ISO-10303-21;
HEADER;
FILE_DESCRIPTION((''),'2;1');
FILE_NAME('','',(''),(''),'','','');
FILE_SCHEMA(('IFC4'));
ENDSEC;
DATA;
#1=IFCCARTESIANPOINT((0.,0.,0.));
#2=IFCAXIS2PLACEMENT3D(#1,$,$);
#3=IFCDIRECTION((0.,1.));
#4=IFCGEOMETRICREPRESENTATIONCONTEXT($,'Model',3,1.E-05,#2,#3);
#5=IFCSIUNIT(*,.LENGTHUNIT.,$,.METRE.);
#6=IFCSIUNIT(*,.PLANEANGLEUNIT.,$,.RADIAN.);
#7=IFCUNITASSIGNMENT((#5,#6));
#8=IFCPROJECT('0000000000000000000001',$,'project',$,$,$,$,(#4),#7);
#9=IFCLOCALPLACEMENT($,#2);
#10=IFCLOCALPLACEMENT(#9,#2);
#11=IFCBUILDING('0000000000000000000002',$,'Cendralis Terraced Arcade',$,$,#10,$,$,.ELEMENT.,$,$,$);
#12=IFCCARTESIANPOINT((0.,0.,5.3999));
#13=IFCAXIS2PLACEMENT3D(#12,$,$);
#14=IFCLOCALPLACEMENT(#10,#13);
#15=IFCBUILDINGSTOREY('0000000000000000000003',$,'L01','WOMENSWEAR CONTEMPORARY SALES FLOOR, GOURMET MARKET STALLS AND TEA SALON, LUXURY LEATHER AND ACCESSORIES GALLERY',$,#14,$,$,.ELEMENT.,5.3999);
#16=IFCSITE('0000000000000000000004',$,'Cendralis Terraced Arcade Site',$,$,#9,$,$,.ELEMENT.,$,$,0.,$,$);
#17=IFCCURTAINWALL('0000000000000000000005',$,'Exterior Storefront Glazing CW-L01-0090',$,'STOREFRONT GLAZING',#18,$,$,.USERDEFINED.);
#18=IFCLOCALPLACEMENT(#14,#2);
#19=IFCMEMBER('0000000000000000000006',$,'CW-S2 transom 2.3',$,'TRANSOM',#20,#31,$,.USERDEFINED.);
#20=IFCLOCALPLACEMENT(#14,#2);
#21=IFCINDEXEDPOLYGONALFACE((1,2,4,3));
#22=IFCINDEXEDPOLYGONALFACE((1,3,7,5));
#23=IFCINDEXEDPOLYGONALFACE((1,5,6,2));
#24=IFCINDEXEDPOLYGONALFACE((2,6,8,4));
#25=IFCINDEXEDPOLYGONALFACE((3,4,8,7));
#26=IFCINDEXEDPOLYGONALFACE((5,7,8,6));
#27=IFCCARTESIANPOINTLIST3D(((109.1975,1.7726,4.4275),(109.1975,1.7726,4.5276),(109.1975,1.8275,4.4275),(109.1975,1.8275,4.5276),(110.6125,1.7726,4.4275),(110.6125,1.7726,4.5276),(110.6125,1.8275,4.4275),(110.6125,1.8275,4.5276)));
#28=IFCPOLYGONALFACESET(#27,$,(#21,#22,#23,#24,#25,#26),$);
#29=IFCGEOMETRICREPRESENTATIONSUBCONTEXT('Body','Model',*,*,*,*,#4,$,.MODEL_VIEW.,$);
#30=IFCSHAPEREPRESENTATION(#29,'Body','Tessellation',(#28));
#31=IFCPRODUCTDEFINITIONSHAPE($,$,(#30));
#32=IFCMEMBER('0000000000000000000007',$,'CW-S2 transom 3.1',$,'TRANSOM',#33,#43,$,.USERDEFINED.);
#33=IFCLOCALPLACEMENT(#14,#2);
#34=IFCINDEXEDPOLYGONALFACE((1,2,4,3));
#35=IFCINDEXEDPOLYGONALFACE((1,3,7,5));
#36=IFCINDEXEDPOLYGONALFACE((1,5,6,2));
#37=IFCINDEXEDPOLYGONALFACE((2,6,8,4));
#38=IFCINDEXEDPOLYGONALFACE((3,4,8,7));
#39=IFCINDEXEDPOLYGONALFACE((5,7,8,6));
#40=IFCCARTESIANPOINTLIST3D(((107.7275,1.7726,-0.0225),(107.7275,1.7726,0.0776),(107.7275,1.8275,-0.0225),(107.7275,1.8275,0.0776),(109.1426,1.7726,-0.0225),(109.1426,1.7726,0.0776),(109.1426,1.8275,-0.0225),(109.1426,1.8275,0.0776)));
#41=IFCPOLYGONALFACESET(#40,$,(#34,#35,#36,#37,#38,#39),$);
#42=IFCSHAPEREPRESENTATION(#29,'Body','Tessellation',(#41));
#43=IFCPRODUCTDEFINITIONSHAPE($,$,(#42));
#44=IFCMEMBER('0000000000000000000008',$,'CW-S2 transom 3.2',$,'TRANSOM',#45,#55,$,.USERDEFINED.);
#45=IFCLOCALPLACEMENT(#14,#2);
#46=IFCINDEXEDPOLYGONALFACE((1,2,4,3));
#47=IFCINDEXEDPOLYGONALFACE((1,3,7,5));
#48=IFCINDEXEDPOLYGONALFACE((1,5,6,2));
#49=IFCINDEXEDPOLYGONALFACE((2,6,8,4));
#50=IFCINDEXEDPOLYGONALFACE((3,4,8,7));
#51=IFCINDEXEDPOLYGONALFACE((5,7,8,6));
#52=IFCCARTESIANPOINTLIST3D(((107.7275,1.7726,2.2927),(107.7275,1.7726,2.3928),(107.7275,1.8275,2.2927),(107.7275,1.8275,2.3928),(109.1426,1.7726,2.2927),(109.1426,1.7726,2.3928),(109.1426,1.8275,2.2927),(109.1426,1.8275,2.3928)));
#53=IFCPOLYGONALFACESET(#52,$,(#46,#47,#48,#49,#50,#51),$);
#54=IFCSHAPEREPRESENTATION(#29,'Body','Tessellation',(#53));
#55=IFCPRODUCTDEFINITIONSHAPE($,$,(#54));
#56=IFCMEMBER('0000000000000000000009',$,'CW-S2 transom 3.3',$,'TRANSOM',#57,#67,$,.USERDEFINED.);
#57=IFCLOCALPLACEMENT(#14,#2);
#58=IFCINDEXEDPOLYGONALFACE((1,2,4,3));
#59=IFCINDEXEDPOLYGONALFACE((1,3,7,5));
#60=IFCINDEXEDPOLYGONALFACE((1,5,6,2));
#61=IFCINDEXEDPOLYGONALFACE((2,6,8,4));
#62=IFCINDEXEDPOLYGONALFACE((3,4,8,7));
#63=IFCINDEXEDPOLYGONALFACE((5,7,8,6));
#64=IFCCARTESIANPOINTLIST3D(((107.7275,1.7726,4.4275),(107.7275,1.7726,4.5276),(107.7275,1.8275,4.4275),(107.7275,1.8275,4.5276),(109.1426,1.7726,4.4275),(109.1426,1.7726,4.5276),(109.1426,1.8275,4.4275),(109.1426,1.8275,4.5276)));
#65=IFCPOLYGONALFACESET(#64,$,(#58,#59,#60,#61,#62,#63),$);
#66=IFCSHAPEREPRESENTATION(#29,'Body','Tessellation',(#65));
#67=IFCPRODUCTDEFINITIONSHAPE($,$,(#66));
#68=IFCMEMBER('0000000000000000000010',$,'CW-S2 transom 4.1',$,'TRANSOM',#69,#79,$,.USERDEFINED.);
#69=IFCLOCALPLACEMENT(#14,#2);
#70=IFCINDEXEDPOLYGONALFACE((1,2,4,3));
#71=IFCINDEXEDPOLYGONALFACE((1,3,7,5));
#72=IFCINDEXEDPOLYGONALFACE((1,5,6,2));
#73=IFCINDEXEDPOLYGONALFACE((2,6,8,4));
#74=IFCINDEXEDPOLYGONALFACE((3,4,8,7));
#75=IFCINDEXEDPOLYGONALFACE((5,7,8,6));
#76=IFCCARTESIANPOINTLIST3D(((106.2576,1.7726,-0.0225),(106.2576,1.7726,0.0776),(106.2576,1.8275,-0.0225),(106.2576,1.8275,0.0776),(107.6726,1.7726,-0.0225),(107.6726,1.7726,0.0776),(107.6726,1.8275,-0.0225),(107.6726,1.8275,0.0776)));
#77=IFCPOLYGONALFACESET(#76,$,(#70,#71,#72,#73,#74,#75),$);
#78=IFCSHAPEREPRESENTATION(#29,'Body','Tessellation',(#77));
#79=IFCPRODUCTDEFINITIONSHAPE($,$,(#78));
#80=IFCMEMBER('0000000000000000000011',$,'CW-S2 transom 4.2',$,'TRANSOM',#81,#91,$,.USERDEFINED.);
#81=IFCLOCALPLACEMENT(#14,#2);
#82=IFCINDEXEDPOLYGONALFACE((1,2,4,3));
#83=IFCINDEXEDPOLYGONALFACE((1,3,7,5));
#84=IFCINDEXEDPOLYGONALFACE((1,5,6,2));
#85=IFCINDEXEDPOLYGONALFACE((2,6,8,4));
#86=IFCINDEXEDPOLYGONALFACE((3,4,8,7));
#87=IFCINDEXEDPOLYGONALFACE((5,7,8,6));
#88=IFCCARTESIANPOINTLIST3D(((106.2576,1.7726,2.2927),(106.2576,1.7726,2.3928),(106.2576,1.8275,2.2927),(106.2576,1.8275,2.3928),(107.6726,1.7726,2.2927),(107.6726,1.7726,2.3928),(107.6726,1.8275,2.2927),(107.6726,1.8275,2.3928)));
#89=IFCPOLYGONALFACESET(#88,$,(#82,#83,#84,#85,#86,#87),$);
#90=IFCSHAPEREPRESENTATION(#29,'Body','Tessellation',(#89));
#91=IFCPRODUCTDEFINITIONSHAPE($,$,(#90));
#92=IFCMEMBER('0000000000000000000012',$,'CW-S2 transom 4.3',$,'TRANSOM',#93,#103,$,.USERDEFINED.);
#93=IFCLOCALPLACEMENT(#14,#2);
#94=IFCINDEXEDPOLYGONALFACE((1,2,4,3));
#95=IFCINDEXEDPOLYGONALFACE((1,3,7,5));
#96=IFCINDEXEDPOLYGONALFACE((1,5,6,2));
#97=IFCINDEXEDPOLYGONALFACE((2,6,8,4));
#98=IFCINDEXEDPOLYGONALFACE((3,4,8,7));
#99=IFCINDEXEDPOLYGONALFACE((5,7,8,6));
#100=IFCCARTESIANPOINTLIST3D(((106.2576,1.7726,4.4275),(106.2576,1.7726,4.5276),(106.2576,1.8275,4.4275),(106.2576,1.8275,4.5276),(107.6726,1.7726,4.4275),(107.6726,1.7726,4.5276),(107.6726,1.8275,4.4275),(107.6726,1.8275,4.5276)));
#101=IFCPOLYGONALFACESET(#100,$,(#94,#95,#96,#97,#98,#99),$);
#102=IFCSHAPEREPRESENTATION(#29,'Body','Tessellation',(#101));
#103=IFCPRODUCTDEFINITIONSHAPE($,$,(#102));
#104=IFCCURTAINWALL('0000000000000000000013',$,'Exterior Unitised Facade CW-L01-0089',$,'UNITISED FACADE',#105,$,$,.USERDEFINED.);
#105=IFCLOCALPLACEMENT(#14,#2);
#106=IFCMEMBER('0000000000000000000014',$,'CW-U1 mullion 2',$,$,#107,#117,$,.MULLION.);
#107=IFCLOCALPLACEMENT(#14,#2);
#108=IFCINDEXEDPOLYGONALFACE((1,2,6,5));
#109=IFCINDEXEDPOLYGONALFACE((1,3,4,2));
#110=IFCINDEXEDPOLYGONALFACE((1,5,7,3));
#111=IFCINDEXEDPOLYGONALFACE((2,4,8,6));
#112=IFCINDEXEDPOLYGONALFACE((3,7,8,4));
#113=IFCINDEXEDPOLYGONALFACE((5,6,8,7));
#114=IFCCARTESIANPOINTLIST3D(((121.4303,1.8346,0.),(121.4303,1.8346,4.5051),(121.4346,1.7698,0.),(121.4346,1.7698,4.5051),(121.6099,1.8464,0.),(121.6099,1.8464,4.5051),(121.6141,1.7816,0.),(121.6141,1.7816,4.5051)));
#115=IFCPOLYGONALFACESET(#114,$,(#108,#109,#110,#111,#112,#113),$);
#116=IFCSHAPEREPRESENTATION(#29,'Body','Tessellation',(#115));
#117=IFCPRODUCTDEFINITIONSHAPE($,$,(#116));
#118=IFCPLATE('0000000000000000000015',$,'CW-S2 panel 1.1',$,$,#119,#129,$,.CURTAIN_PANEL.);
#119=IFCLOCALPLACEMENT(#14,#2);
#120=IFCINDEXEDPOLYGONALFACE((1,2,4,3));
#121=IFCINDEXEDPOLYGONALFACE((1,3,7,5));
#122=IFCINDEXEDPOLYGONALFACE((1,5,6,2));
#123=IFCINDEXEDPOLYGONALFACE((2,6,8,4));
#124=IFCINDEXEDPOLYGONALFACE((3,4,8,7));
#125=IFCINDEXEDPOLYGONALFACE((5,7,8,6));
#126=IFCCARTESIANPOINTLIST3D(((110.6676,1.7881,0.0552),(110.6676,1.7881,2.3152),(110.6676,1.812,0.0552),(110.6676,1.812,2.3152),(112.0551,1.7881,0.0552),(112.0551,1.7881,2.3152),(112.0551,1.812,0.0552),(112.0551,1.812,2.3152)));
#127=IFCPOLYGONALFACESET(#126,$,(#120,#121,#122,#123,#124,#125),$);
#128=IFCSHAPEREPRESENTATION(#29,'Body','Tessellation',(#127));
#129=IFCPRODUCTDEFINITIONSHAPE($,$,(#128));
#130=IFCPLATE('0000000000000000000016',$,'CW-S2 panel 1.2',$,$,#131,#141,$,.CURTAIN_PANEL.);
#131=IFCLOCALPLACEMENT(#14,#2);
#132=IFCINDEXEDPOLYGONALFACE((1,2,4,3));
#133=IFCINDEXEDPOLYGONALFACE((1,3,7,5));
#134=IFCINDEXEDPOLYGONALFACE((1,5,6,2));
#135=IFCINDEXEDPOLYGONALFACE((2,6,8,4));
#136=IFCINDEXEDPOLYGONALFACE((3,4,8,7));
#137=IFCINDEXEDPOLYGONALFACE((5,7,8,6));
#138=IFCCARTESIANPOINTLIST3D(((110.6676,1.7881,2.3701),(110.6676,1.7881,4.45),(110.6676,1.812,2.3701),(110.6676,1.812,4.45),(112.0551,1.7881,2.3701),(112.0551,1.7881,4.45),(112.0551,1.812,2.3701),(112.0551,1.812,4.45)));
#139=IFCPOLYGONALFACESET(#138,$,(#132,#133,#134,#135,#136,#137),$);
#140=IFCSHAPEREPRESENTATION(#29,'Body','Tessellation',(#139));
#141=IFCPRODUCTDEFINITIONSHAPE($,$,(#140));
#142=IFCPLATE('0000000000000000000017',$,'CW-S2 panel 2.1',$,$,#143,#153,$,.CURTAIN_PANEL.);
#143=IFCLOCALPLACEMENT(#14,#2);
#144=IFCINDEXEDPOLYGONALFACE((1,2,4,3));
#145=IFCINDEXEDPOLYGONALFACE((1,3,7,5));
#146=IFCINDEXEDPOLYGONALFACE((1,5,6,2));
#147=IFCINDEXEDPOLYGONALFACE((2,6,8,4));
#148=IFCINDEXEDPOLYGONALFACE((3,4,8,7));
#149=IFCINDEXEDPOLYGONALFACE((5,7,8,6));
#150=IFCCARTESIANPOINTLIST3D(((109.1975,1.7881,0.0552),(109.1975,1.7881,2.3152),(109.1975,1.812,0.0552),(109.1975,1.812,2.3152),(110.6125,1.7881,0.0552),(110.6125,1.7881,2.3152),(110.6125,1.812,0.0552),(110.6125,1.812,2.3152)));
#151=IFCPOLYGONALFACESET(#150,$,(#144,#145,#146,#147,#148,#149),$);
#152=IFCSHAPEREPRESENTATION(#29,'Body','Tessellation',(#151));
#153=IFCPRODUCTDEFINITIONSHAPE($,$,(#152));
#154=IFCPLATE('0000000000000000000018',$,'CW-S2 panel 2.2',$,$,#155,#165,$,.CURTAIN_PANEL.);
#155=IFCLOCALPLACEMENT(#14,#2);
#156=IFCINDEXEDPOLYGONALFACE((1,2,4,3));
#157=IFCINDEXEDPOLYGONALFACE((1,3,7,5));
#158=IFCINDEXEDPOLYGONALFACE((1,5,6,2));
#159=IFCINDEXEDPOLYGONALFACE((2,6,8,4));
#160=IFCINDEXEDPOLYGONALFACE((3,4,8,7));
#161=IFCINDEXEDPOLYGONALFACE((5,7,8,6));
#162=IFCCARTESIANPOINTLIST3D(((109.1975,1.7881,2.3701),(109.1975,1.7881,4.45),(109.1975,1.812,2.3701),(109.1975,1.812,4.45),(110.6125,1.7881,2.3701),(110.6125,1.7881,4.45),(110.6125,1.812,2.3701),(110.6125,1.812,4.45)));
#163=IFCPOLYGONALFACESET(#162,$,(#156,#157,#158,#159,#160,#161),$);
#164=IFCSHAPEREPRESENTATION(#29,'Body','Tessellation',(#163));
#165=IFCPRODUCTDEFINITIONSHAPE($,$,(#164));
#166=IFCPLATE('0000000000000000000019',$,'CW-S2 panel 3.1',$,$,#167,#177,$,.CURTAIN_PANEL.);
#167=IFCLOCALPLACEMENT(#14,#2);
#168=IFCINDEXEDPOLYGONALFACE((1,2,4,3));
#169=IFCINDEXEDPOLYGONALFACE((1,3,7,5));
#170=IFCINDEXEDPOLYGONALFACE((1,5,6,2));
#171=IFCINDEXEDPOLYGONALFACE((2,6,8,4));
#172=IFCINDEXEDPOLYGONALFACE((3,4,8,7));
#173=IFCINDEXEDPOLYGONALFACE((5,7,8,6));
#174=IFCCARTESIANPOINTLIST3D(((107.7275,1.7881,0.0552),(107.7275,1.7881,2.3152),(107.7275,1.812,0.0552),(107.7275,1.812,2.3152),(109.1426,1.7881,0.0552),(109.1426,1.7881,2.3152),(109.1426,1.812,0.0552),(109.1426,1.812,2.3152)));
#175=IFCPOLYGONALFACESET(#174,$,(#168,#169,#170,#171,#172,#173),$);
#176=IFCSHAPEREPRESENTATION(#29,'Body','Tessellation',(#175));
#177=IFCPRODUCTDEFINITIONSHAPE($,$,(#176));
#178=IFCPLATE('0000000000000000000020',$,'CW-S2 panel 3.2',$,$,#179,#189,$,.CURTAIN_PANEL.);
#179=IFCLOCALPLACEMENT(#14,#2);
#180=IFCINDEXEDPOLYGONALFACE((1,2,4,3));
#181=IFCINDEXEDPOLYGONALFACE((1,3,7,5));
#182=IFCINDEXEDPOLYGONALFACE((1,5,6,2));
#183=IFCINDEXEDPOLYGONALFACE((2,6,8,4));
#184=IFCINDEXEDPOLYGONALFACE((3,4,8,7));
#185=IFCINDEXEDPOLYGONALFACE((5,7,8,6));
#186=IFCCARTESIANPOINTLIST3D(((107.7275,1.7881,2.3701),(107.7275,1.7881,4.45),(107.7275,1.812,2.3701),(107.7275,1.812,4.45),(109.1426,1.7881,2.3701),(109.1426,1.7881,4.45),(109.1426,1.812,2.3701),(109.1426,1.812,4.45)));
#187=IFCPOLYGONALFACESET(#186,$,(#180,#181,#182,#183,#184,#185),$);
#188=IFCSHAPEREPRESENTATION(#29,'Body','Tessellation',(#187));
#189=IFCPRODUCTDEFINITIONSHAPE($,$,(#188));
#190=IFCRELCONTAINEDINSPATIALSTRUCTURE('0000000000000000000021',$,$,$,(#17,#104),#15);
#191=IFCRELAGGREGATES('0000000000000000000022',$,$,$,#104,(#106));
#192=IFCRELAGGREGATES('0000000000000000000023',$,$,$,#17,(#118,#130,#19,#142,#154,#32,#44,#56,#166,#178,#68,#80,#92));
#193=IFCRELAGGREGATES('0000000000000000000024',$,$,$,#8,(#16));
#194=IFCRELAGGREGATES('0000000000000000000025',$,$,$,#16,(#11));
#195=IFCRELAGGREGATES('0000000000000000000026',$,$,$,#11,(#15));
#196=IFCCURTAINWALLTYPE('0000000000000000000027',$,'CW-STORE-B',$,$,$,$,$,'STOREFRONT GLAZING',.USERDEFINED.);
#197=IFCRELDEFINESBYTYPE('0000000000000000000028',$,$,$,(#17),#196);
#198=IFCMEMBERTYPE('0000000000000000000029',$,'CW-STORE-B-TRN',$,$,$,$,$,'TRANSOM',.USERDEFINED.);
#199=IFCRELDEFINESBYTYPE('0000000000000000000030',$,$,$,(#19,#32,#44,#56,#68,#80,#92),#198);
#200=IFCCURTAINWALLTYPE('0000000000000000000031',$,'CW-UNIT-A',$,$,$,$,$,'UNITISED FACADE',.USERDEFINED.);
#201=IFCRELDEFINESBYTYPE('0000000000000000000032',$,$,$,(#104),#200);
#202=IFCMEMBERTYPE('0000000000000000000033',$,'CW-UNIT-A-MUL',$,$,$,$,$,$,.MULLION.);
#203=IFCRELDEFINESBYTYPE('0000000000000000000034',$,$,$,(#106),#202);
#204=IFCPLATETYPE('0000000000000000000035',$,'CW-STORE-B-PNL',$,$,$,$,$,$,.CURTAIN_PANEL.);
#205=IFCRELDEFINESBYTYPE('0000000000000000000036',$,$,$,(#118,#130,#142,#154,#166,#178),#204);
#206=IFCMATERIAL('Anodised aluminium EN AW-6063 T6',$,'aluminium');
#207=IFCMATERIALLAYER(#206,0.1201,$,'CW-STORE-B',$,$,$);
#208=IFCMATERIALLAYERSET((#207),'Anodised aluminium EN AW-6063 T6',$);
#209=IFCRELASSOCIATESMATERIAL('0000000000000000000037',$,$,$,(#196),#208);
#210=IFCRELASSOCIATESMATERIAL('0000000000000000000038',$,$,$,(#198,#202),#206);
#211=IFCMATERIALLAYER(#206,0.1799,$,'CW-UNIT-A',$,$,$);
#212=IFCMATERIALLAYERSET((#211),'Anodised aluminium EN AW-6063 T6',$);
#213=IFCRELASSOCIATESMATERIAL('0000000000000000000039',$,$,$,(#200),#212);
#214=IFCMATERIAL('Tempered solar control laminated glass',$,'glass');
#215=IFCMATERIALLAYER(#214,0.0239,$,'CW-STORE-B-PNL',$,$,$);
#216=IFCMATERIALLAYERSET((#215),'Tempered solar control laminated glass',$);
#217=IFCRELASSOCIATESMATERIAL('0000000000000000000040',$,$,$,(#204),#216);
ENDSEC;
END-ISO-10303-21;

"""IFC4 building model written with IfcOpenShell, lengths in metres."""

from ifc_helpers import new_model, si_unit, direction, frame, origin, origin_2d, place, context, subcontext, project, spatial, rectangle, extrude, material, layer, layer_set, material_profile, profile_set, type_object, element, aggregate, save


model = new_model("IFC4")

# Units and contexts
model_context = context("Model", 3, precision=1e-05, world=origin(), true_north=direction((0.0, 1.0)))
body_context = subcontext(model_context, "Body", "Model", "MODEL_VIEW")
ifc_project = project(units=[si_unit("LENGTHUNIT", "METRE"), si_unit("PLANEANGLEUNIT", "RADIAN")], contexts=[model_context])

# Site, building, storey
site_placement = place(None, origin())
site = spatial("IfcSite", under=ifc_project, at=site_placement, Name="Cendralis Terraced Arcade Site", CompositionType="ELEMENT", RefElevation=0.0)
building_placement = place(site_placement, origin())
building = spatial("IfcBuilding", under=site, at=building_placement, Name="Cendralis Terraced Arcade", CompositionType="ELEMENT")
storey_placement = place(building_placement, frame((0.0, 0.0, 5.3999)))
storey = spatial("IfcBuildingStorey", under=building, at=storey_placement, Name="L01", Description="WOMENSWEAR CONTEMPORARY SALES FLOOR, GOURMET MARKET STALLS AND TEA SALON, LUXURY LEATHER AND ACCESSORIES GALLERY", CompositionType="ELEMENT", Elevation=5.3999)

# Curtain wall, members
ifc_material_1 = material(Name="Anodised aluminium EN AW-6063 T6", Category="aluminium")
ifc_layer_1 = layer(ifc_material_1, 0.1201, Name="CW-STORE-B")
ifc_layer_set_1 = layer_set([ifc_layer_1], Name="Anodised aluminium EN AW-6063 T6")
curtain_wall_type_1 = type_object("IfcCurtainWallType", Name="CW-STORE-B", ElementType="STOREFRONT GLAZING", PredefinedType="USERDEFINED", material=ifc_layer_set_1)
curtain_wall_1_placement = place(storey_placement, origin())
curtain_wall_1 = element("IfcCurtainWall", 1, at=curtain_wall_1_placement, inside=storey, type_object=curtain_wall_type_1, Name="Exterior Storefront Glazing CW-L01-0090", ObjectType="STOREFRONT GLAZING", PredefinedType="USERDEFINED")
ifc_material_profile_1 = material_profile(ifc_material_1, rectangle(XDim=0.0549, YDim=0.1001, at=origin_2d()), Name="ALU-TRN-55x100")
ifc_profile_set_1 = profile_set([ifc_material_profile_1], Name="Anodised aluminium EN AW-6063 T6")
member_type_1 = type_object("IfcMemberType", Name="CW-STORE-B-TRN", ElementType="TRANSOM", PredefinedType="USERDEFINED", material=ifc_profile_set_1)
member_1_placement = place(storey_placement, frame((110.6125, 1.8, 4.4775), z_axis=(-1.0, 0.0, 0.0), x_axis=(0.0, -1.0, 0.0)))
member_1 = element("IfcMember", 2, at=member_1_placement, type_object=member_type_1, Name="CW-S2 transom 2.3", ObjectType="TRANSOM", PredefinedType="USERDEFINED", context=body_context, shape_type="SweptSolid", body=[
    extrude(rectangle(XDim=0.0549, YDim=0.1001, at=origin_2d()), origin(), (0.0, 0.0, 1.0), 1.415),
])
member_2_placement = place(storey_placement, frame((109.1426, 1.8, 0.0276), z_axis=(-1.0, 0.0, 0.0), x_axis=(0.0, -1.0, 0.0)))
member_2 = element("IfcMember", 3, at=member_2_placement, type_object=member_type_1, Name="CW-S2 transom 3.1", ObjectType="TRANSOM", PredefinedType="USERDEFINED", context=body_context, shape_type="SweptSolid", body=[
    extrude(rectangle(XDim=0.0549, YDim=0.1001, at=origin_2d()), origin(), (0.0, 0.0, 1.0), 1.415),
])
member_3_placement = place(storey_placement, frame((109.1426, 1.8, 2.3428), z_axis=(-1.0, 0.0, 0.0), x_axis=(0.0, -1.0, 0.0)))
member_3 = element("IfcMember", 4, at=member_3_placement, type_object=member_type_1, Name="CW-S2 transom 3.2", ObjectType="TRANSOM", PredefinedType="USERDEFINED", context=body_context, shape_type="SweptSolid", body=[
    extrude(rectangle(XDim=0.0549, YDim=0.1001, at=origin_2d()), origin(), (0.0, 0.0, 1.0), 1.415),
])
member_4_placement = place(storey_placement, frame((109.1426, 1.8, 4.4775), z_axis=(-1.0, 0.0, 0.0), x_axis=(0.0, -1.0, 0.0)))
member_4 = element("IfcMember", 5, at=member_4_placement, type_object=member_type_1, Name="CW-S2 transom 3.3", ObjectType="TRANSOM", PredefinedType="USERDEFINED", context=body_context, shape_type="SweptSolid", body=[
    extrude(rectangle(XDim=0.0549, YDim=0.1001, at=origin_2d()), origin(), (0.0, 0.0, 1.0), 1.415),
])
member_5_placement = place(storey_placement, frame((107.6726, 1.8, 0.0276), z_axis=(-1.0, 0.0, 0.0), x_axis=(0.0, -1.0, 0.0)))
member_5 = element("IfcMember", 6, at=member_5_placement, type_object=member_type_1, Name="CW-S2 transom 4.1", ObjectType="TRANSOM", PredefinedType="USERDEFINED", context=body_context, shape_type="SweptSolid", body=[
    extrude(rectangle(XDim=0.0549, YDim=0.1001, at=origin_2d()), origin(), (0.0, 0.0, 1.0), 1.415),
])
member_6_placement = place(storey_placement, frame((107.6726, 1.8, 2.3428), z_axis=(-1.0, 0.0, 0.0), x_axis=(0.0, -1.0, 0.0)))
member_6 = element("IfcMember", 7, at=member_6_placement, type_object=member_type_1, Name="CW-S2 transom 4.2", ObjectType="TRANSOM", PredefinedType="USERDEFINED", context=body_context, shape_type="SweptSolid", body=[
    extrude(rectangle(XDim=0.0549, YDim=0.1001, at=origin_2d()), origin(), (0.0, 0.0, 1.0), 1.415),
])
member_7_placement = place(storey_placement, frame((107.6726, 1.8, 4.4775), z_axis=(-1.0, 0.0, 0.0), x_axis=(0.0, -1.0, 0.0)))
member_7 = element("IfcMember", 8, at=member_7_placement, type_object=member_type_1, Name="CW-S2 transom 4.3", ObjectType="TRANSOM", PredefinedType="USERDEFINED", context=body_context, shape_type="SweptSolid", body=[
    extrude(rectangle(XDim=0.0549, YDim=0.1001, at=origin_2d()), origin(), (0.0, 0.0, 1.0), 1.415),
])

# Curtain wall, member
ifc_layer_2 = layer(ifc_material_1, 0.1799, Name="CW-UNIT-A")
ifc_layer_set_2 = layer_set([ifc_layer_2], Name="Anodised aluminium EN AW-6063 T6")
curtain_wall_type_2 = type_object("IfcCurtainWallType", Name="CW-UNIT-A", ElementType="UNITISED FACADE", PredefinedType="USERDEFINED", material=ifc_layer_set_2)
curtain_wall_2_placement = place(storey_placement, origin())
curtain_wall_2 = element("IfcCurtainWall", 9, at=curtain_wall_2_placement, inside=storey, type_object=curtain_wall_type_2, Name="Exterior Unitised Facade CW-L01-0089", ObjectType="UNITISED FACADE", PredefinedType="USERDEFINED")
ifc_material_profile_2 = material_profile(ifc_material_1, rectangle(XDim=0.0649, YDim=0.1799, at=origin_2d()), Name="ALU-MUL-65x180")
ifc_profile_set_2 = profile_set([ifc_material_profile_2], Name="Anodised aluminium EN AW-6063 T6")
member_type_2 = type_object("IfcMemberType", Name="CW-UNIT-A-MUL", PredefinedType="MULLION", material=ifc_profile_set_2)
member_8_placement = place(storey_placement, frame((121.5222, 1.8081, 0.0), z_axis=(0.0, 0.0, 1.0), x_axis=(0.065398, -0.997859, 0.0)))
member_8 = element("IfcMember", 10, at=member_8_placement, type_object=member_type_2, Name="CW-U1 mullion 2", PredefinedType="MULLION", context=body_context, shape_type="SweptSolid", body=[
    extrude(rectangle(XDim=0.0649, YDim=0.1799, at=origin_2d()), origin(), (0.0, 0.0, 1.0), 4.5051),
])
aggregate(curtain_wall_2, [member_8])

# Plates
ifc_material_2 = material(Name="Tempered solar control laminated glass", Category="glass")
ifc_layer_3 = layer(ifc_material_2, 0.0239, Name="CW-STORE-B-PNL")
ifc_layer_set_3 = layer_set([ifc_layer_3], Name="Tempered solar control laminated glass")
plate_type = type_object("IfcPlateType", Name="CW-STORE-B-PNL", PredefinedType="CURTAIN_PANEL", material=ifc_layer_set_3)
plate_1_placement = place(storey_placement, frame((111.3613, 1.8, 0.0552), z_axis=(0.0, 0.0, 1.0), x_axis=(-1.0, 0.0, 0.0)))
plate_1 = element("IfcPlate", 11, at=plate_1_placement, type_object=plate_type, Name="CW-S2 panel 1.1", PredefinedType="CURTAIN_PANEL", context=body_context, shape_type="SweptSolid", body=[
    extrude(rectangle(XDim=1.3875, YDim=0.0239, at=origin_2d()), origin(), (0.0, 0.0, 1.0), 2.26),
])
plate_2_placement = place(storey_placement, frame((111.3613, 1.8, 2.3701), z_axis=(0.0, 0.0, 1.0), x_axis=(-1.0, 0.0, 0.0)))
plate_2 = element("IfcPlate", 12, at=plate_2_placement, type_object=plate_type, Name="CW-S2 panel 1.2", PredefinedType="CURTAIN_PANEL", context=body_context, shape_type="SweptSolid", body=[
    extrude(rectangle(XDim=1.3875, YDim=0.0239, at=origin_2d()), origin(), (0.0, 0.0, 1.0), 2.0798),
])
plate_3_placement = place(storey_placement, frame((109.905, 1.8, 0.0552), z_axis=(0.0, 0.0, 1.0), x_axis=(-1.0, 0.0, 0.0)))
plate_3 = element("IfcPlate", 13, at=plate_3_placement, type_object=plate_type, Name="CW-S2 panel 2.1", PredefinedType="CURTAIN_PANEL", context=body_context, shape_type="SweptSolid", body=[
    extrude(rectangle(XDim=1.415, YDim=0.0239, at=origin_2d()), origin(), (0.0, 0.0, 1.0), 2.26),
])
plate_4_placement = place(storey_placement, frame((109.905, 1.8, 2.3701), z_axis=(0.0, 0.0, 1.0), x_axis=(-1.0, 0.0, 0.0)))
plate_4 = element("IfcPlate", 14, at=plate_4_placement, type_object=plate_type, Name="CW-S2 panel 2.2", PredefinedType="CURTAIN_PANEL", context=body_context, shape_type="SweptSolid", body=[
    extrude(rectangle(XDim=1.415, YDim=0.0239, at=origin_2d()), origin(), (0.0, 0.0, 1.0), 2.0798),
])
plate_5_placement = place(storey_placement, frame((108.4351, 1.8, 0.0552), z_axis=(0.0, 0.0, 1.0), x_axis=(-1.0, 0.0, 0.0)))
plate_5 = element("IfcPlate", 15, at=plate_5_placement, type_object=plate_type, Name="CW-S2 panel 3.1", PredefinedType="CURTAIN_PANEL", context=body_context, shape_type="SweptSolid", body=[
    extrude(rectangle(XDim=1.415, YDim=0.0239, at=origin_2d()), origin(), (0.0, 0.0, 1.0), 2.26),
])
plate_6_placement = place(storey_placement, frame((108.4351, 1.8, 2.3701), z_axis=(0.0, 0.0, 1.0), x_axis=(-1.0, 0.0, 0.0)))
plate_6 = element("IfcPlate", 16, at=plate_6_placement, type_object=plate_type, Name="CW-S2 panel 3.2", PredefinedType="CURTAIN_PANEL", context=body_context, shape_type="SweptSolid", body=[
    extrude(rectangle(XDim=1.415, YDim=0.0239, at=origin_2d()), origin(), (0.0, 0.0, 1.0), 2.0798),
])
aggregate(curtain_wall_1, [plate_1, plate_2, member_1, plate_3, plate_4, member_2, member_3, member_4, plate_5, plate_6, member_5, member_6, member_7])

save(model, "model.ifc")
